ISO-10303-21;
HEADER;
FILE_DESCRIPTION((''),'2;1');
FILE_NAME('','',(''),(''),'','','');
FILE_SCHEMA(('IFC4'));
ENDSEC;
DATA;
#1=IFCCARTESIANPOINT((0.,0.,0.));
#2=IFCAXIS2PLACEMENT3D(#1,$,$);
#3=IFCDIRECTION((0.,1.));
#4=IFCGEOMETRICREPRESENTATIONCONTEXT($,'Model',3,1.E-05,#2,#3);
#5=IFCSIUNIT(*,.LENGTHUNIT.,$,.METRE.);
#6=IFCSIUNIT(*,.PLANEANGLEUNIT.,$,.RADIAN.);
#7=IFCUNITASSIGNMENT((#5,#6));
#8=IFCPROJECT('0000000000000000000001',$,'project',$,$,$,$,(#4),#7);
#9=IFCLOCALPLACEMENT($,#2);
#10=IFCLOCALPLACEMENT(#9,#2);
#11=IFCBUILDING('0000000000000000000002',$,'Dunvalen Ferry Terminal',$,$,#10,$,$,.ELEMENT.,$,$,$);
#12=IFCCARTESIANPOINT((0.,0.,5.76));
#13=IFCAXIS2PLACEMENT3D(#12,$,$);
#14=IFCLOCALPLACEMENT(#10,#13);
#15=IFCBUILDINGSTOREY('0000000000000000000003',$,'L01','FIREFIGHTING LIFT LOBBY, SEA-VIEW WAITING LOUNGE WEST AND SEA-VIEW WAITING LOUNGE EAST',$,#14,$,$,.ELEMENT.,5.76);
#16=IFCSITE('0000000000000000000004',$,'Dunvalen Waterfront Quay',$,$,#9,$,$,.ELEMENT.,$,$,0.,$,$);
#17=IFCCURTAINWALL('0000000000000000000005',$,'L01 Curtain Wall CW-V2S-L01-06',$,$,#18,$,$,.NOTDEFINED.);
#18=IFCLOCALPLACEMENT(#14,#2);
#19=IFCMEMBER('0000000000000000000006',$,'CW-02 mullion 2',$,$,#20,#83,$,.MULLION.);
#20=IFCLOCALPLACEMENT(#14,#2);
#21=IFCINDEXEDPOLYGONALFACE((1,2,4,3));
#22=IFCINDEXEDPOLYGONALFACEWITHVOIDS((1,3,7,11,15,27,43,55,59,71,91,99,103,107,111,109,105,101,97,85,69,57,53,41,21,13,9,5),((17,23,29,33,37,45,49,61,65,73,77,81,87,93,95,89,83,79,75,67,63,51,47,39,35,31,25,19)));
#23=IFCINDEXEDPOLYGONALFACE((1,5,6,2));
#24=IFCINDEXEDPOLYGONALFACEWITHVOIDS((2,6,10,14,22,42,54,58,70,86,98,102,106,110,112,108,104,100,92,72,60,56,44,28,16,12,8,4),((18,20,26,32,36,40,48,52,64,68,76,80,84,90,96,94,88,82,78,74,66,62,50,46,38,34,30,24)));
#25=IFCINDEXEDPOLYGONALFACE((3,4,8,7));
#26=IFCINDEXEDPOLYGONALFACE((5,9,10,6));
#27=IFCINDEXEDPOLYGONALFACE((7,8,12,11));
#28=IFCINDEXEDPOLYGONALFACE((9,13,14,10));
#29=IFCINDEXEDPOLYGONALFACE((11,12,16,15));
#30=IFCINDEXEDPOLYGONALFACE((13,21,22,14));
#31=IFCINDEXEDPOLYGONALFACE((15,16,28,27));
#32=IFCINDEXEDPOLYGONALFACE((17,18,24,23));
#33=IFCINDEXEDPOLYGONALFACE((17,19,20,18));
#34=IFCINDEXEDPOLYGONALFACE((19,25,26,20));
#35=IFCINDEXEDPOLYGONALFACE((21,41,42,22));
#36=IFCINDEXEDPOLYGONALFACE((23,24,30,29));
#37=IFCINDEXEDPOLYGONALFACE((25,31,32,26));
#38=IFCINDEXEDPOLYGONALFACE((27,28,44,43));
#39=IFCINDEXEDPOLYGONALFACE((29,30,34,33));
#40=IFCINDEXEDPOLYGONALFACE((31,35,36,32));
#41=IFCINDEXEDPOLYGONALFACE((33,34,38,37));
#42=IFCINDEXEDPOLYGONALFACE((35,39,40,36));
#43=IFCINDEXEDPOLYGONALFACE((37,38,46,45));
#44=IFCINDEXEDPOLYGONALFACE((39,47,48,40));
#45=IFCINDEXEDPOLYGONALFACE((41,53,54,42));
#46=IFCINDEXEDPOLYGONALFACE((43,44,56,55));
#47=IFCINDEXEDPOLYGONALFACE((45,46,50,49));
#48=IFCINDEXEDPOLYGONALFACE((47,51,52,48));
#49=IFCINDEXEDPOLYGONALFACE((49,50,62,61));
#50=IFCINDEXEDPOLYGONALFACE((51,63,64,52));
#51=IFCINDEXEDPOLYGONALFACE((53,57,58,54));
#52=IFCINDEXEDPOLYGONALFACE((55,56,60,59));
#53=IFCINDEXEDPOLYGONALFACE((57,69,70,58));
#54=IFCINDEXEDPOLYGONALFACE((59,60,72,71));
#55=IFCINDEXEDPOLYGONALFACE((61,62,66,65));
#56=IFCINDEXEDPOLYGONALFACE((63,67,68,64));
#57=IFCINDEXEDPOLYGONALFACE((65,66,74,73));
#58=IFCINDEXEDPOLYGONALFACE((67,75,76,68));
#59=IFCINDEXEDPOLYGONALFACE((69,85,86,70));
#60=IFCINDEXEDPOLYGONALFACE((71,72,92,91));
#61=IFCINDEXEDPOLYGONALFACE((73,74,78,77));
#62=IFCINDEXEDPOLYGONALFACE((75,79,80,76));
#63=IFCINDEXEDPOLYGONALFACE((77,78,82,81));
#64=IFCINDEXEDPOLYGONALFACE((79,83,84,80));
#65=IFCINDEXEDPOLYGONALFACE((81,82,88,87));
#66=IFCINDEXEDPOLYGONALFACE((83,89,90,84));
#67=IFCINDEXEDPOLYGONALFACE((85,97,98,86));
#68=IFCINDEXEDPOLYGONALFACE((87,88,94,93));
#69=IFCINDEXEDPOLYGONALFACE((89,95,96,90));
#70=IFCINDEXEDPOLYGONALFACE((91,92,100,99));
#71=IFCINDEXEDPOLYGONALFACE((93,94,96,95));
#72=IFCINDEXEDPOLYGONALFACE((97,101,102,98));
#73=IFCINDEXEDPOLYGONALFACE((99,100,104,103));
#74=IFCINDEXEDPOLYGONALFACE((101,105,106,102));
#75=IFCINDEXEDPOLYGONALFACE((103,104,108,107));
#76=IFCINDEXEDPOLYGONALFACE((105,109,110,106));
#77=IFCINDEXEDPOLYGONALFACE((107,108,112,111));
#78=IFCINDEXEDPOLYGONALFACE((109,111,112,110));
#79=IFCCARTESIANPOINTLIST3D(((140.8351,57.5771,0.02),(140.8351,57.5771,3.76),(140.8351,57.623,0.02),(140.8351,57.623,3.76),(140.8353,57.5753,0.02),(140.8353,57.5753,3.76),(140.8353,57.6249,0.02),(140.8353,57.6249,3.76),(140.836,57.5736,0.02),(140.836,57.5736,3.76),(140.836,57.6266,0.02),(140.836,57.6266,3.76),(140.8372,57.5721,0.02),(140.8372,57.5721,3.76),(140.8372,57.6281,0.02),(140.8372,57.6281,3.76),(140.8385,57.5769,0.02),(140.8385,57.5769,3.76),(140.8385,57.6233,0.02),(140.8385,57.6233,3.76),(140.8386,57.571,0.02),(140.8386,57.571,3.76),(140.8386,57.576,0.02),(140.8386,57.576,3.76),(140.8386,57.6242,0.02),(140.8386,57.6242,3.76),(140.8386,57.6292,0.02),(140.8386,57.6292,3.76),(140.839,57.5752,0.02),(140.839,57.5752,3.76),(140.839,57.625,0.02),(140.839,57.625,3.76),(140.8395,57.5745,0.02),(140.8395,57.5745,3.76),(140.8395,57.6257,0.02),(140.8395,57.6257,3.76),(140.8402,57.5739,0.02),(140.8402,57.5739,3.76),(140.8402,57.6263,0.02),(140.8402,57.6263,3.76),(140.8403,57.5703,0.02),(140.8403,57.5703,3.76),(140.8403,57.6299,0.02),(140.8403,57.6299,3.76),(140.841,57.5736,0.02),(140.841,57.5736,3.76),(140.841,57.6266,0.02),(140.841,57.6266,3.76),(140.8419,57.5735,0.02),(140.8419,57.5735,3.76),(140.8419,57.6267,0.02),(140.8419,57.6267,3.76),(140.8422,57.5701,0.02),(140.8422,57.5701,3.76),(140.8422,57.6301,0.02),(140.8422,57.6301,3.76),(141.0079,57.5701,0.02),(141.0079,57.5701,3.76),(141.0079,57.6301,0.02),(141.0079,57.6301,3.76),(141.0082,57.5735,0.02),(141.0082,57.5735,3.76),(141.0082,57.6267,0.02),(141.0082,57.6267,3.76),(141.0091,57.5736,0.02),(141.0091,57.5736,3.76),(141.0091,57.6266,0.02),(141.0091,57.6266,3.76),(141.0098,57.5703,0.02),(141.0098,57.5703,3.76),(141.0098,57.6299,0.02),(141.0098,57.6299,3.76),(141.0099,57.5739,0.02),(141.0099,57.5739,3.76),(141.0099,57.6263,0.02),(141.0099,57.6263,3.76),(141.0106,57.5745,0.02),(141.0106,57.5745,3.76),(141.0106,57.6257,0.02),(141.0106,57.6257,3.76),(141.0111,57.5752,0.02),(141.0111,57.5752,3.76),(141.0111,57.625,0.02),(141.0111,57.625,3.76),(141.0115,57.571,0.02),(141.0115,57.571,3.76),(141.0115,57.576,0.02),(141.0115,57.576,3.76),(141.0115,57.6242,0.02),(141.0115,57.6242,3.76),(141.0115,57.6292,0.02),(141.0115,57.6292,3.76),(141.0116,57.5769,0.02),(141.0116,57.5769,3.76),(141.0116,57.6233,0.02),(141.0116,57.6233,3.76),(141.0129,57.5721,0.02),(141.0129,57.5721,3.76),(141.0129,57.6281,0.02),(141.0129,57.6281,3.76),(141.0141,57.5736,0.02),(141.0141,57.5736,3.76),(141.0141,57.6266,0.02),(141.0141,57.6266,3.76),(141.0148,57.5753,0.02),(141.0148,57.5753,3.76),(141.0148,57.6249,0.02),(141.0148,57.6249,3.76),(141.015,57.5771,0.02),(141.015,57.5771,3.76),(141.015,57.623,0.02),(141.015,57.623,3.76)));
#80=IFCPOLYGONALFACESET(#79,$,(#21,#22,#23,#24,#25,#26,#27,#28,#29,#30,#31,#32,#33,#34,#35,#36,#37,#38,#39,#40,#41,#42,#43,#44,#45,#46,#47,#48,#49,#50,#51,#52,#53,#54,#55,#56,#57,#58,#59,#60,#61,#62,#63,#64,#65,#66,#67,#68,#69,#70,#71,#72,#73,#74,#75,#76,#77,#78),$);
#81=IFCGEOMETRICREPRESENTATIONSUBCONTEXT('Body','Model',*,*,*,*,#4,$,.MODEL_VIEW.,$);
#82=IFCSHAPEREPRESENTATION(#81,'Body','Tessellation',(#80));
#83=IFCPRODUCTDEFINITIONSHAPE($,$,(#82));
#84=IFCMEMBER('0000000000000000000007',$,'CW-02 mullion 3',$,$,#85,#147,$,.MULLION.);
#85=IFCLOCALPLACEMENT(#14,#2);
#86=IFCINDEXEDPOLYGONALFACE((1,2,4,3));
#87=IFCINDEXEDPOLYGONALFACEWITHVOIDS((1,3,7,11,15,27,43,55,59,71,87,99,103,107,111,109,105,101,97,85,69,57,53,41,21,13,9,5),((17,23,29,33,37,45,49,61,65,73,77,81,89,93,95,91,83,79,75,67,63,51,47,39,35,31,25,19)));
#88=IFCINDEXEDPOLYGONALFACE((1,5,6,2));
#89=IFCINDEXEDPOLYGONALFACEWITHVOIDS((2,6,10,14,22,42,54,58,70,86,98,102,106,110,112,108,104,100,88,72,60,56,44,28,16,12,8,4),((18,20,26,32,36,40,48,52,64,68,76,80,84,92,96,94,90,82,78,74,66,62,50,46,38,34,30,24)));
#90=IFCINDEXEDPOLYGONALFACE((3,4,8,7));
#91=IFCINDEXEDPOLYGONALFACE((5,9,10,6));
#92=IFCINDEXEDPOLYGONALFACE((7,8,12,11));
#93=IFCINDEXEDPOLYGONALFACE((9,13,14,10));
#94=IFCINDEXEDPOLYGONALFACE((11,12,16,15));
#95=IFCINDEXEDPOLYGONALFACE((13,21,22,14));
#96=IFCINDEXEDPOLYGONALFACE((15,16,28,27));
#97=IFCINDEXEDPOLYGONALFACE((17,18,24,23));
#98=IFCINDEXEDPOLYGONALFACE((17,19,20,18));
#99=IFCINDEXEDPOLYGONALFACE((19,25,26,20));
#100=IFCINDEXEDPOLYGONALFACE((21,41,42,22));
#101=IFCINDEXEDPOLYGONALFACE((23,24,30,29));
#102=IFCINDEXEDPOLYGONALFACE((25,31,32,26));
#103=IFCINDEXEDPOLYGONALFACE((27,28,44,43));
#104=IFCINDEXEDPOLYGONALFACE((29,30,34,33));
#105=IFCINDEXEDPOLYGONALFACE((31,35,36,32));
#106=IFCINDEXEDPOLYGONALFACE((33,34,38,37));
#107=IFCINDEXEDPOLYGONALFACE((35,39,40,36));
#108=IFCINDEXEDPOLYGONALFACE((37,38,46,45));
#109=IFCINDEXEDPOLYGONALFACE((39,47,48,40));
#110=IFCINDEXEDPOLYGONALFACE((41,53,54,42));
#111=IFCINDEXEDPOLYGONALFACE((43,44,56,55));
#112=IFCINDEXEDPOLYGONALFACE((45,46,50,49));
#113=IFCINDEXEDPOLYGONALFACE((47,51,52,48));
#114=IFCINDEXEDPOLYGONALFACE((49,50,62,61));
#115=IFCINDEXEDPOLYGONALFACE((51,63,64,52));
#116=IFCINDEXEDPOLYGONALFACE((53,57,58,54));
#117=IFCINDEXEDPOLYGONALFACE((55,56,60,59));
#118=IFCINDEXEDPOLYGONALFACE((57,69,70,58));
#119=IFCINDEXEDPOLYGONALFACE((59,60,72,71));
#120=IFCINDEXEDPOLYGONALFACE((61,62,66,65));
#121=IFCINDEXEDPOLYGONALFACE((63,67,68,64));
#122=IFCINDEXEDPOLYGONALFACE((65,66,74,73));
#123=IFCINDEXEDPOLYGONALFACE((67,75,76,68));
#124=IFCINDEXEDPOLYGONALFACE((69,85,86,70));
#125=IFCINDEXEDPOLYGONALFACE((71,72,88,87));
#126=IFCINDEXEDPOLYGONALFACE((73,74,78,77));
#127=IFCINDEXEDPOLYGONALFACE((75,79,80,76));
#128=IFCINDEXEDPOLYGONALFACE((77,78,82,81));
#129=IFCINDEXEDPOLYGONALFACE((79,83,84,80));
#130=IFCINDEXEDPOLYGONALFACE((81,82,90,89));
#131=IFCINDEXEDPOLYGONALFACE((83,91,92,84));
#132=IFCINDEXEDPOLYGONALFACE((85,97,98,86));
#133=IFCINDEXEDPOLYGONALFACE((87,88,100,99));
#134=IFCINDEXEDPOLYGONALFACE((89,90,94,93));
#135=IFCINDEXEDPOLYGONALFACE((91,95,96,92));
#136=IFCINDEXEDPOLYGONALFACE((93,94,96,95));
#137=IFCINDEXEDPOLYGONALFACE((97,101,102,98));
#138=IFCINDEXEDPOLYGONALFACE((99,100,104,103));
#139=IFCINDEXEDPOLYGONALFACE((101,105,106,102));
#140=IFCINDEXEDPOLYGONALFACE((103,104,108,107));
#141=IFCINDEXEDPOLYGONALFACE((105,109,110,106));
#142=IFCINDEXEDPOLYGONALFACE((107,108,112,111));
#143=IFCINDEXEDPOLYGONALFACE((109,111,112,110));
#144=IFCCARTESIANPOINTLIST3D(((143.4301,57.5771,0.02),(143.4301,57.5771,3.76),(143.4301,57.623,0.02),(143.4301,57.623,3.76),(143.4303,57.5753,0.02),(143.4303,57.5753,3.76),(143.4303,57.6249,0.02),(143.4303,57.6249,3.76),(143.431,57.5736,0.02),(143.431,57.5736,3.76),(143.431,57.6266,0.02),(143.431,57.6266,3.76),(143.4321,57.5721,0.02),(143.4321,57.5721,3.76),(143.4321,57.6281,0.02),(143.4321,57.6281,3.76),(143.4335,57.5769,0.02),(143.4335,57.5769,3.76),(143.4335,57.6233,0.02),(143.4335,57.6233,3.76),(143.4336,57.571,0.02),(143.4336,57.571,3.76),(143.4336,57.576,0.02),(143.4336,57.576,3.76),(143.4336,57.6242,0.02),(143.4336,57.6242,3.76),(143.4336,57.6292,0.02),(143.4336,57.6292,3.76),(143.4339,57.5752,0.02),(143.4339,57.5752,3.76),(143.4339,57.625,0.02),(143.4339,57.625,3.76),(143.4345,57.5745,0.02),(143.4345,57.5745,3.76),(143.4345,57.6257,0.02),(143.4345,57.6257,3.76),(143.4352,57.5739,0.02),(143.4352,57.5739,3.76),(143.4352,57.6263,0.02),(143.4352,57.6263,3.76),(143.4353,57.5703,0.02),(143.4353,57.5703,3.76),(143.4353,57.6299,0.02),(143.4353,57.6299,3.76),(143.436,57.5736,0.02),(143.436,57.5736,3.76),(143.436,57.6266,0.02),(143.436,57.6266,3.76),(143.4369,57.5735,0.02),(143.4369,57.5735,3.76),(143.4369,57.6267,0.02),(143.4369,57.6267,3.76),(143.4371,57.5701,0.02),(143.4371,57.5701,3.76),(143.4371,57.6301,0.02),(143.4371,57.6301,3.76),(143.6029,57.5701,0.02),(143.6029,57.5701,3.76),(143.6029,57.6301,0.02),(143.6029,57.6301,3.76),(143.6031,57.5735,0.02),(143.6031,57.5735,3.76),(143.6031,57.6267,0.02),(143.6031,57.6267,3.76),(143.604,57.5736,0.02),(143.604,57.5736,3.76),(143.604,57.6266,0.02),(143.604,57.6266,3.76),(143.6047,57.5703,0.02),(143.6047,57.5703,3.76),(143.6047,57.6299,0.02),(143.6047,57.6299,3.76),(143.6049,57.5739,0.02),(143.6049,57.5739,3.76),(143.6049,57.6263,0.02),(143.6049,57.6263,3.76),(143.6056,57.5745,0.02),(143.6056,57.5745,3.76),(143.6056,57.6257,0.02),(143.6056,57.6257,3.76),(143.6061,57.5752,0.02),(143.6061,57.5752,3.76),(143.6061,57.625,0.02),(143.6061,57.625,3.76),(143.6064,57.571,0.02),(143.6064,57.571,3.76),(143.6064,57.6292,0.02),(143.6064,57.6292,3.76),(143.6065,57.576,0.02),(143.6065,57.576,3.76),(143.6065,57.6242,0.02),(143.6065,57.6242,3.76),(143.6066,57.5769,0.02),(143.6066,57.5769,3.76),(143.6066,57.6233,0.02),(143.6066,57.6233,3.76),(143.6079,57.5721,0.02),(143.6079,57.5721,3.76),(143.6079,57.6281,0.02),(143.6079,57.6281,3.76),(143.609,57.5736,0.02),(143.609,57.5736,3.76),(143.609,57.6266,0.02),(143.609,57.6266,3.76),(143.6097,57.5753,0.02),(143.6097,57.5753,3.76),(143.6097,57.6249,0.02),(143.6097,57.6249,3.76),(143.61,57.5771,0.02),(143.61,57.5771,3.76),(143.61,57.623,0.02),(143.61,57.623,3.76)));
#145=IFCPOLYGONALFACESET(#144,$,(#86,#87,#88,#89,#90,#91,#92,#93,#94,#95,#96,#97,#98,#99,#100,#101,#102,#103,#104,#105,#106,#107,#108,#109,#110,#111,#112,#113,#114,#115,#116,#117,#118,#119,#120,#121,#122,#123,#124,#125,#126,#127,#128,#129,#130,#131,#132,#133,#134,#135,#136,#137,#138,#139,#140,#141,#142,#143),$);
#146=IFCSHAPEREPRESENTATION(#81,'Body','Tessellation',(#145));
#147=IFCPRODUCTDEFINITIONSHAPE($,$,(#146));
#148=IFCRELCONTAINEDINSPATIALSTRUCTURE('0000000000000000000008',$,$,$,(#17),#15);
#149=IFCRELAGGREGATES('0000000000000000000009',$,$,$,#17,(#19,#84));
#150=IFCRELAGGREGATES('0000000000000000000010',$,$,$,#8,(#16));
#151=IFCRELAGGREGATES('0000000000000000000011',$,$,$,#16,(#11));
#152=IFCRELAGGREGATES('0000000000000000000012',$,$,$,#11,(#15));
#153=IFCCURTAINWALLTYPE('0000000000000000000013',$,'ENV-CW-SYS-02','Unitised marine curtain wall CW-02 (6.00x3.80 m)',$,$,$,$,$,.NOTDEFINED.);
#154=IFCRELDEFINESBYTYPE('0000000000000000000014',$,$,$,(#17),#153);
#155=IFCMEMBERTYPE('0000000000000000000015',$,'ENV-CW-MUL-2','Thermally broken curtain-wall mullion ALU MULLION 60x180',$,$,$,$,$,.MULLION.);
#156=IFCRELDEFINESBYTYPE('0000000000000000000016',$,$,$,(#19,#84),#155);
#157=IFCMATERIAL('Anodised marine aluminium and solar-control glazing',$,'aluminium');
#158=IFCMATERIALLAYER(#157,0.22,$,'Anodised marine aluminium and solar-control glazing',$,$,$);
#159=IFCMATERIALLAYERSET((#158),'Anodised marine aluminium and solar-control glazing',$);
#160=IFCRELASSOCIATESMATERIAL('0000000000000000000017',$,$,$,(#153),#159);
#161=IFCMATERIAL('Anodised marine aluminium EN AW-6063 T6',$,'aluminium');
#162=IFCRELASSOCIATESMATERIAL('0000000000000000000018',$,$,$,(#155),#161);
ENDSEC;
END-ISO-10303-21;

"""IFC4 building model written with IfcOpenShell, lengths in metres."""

from ifc_helpers import new_model, si_unit, direction, frame, origin, origin_2d, place, context, subcontext, project, spatial, hollow_rectangle, extrude, material, layer, layer_set, material_profile, profile_set, type_object, element, aggregate, save


model = new_model("IFC4")

# Units and contexts
model_context = context("Model", 3, precision=1e-05, world=origin(), true_north=direction((0.0, 1.0)))
body_context = subcontext(model_context, "Body", "Model", "MODEL_VIEW")
ifc_project = project(units=[si_unit("LENGTHUNIT", "METRE"), si_unit("PLANEANGLEUNIT", "RADIAN")], contexts=[model_context])

# Site, building, storey
site_placement = place(None, origin())
site = spatial("IfcSite", under=ifc_project, at=site_placement, Name="Dunvalen Waterfront Quay", CompositionType="ELEMENT", RefElevation=0.0)
building_placement = place(site_placement, origin())
building = spatial("IfcBuilding", under=site, at=building_placement, Name="Dunvalen Ferry Terminal", CompositionType="ELEMENT")
storey_placement = place(building_placement, frame((0.0, 0.0, 5.76)))
storey = spatial("IfcBuildingStorey", under=building, at=storey_placement, Name="L01", Description="FIREFIGHTING LIFT LOBBY, SEA-VIEW WAITING LOUNGE WEST AND SEA-VIEW WAITING LOUNGE EAST", CompositionType="ELEMENT", Elevation=5.76)

# Shared definitions
ifc_material_1 = material(Name="Anodised marine aluminium and solar-control glazing", Category="aluminium")
ifc_layer_1 = layer(ifc_material_1, 0.22, Name="Anodised marine aluminium and solar-control glazing")
ifc_layer_set_1 = layer_set([ifc_layer_1], Name="Anodised marine aluminium and solar-control glazing")
curtain_wall_type = type_object("IfcCurtainWallType", Name="ENV-CW-SYS-02", Description="Unitised marine curtain wall CW-02 (6.00x3.80 m)", PredefinedType="NOTDEFINED", material=ifc_layer_set_1)
ifc_material_2 = material(Name="Anodised marine aluminium EN AW-6063 T6", Category="aluminium")
ifc_material_profile_1 = material_profile(ifc_material_2, hollow_rectangle(XDim=0.0601, YDim=0.1799, WallThickness=0.0034, InnerFilletRadius=0.0034, OuterFilletRadius=0.0071, at=origin_2d()), Name="Anodised marine aluminium EN AW-6063 T6")
ifc_profile_set_1 = profile_set([ifc_material_profile_1], Name="Anodised marine aluminium EN AW-6063 T6")
member_type_1 = type_object("IfcMemberType", Name="ENV-CW-MUL-2", Description="Thermally broken curtain-wall mullion ALU MULLION 60x180", PredefinedType="MULLION", material=ifc_profile_set_1)

# Curtain wall, members
curtain_wall_1_placement = place(storey_placement, origin())
curtain_wall_1 = element("IfcCurtainWall", 1, at=curtain_wall_1_placement, inside=storey, type_object=curtain_wall_type, Name="L01 Curtain Wall CW-V2S-L01-06", PredefinedType="NOTDEFINED")
member_1_placement = place(storey_placement, frame((140.925, 57.6001, 0.02), z_axis=(0.0, 0.0, 1.0), x_axis=(0.0, 1.0, 0.0)))
member_1 = element("IfcMember", 2, at=member_1_placement, type_object=member_type_1, Name="CW-02 mullion 2", PredefinedType="MULLION", context=body_context, shape_type="SweptSolid", body=[
    extrude(hollow_rectangle(XDim=0.0601, YDim=0.1799, WallThickness=0.0034, InnerFilletRadius=0.0034, OuterFilletRadius=0.0071, at=origin_2d()), origin(), (0.0, 0.0, 1.0), 3.74),
])
member_2_placement = place(storey_placement, frame((143.52, 57.6001, 0.02), z_axis=(0.0, 0.0, 1.0), x_axis=(0.0, 1.0, 0.0)))
member_2 = element("IfcMember", 3, at=member_2_placement, type_object=member_type_1, Name="CW-02 mullion 3", PredefinedType="MULLION", context=body_context, shape_type="SweptSolid", body=[
    extrude(hollow_rectangle(XDim=0.0601, YDim=0.1799, WallThickness=0.0034, InnerFilletRadius=0.0034, OuterFilletRadius=0.0071, at=origin_2d()), origin(), (0.0, 0.0, 1.0), 3.74),
])

aggregate(curtain_wall_1, [member_1, member_2])

save(model, "model.ifc")
